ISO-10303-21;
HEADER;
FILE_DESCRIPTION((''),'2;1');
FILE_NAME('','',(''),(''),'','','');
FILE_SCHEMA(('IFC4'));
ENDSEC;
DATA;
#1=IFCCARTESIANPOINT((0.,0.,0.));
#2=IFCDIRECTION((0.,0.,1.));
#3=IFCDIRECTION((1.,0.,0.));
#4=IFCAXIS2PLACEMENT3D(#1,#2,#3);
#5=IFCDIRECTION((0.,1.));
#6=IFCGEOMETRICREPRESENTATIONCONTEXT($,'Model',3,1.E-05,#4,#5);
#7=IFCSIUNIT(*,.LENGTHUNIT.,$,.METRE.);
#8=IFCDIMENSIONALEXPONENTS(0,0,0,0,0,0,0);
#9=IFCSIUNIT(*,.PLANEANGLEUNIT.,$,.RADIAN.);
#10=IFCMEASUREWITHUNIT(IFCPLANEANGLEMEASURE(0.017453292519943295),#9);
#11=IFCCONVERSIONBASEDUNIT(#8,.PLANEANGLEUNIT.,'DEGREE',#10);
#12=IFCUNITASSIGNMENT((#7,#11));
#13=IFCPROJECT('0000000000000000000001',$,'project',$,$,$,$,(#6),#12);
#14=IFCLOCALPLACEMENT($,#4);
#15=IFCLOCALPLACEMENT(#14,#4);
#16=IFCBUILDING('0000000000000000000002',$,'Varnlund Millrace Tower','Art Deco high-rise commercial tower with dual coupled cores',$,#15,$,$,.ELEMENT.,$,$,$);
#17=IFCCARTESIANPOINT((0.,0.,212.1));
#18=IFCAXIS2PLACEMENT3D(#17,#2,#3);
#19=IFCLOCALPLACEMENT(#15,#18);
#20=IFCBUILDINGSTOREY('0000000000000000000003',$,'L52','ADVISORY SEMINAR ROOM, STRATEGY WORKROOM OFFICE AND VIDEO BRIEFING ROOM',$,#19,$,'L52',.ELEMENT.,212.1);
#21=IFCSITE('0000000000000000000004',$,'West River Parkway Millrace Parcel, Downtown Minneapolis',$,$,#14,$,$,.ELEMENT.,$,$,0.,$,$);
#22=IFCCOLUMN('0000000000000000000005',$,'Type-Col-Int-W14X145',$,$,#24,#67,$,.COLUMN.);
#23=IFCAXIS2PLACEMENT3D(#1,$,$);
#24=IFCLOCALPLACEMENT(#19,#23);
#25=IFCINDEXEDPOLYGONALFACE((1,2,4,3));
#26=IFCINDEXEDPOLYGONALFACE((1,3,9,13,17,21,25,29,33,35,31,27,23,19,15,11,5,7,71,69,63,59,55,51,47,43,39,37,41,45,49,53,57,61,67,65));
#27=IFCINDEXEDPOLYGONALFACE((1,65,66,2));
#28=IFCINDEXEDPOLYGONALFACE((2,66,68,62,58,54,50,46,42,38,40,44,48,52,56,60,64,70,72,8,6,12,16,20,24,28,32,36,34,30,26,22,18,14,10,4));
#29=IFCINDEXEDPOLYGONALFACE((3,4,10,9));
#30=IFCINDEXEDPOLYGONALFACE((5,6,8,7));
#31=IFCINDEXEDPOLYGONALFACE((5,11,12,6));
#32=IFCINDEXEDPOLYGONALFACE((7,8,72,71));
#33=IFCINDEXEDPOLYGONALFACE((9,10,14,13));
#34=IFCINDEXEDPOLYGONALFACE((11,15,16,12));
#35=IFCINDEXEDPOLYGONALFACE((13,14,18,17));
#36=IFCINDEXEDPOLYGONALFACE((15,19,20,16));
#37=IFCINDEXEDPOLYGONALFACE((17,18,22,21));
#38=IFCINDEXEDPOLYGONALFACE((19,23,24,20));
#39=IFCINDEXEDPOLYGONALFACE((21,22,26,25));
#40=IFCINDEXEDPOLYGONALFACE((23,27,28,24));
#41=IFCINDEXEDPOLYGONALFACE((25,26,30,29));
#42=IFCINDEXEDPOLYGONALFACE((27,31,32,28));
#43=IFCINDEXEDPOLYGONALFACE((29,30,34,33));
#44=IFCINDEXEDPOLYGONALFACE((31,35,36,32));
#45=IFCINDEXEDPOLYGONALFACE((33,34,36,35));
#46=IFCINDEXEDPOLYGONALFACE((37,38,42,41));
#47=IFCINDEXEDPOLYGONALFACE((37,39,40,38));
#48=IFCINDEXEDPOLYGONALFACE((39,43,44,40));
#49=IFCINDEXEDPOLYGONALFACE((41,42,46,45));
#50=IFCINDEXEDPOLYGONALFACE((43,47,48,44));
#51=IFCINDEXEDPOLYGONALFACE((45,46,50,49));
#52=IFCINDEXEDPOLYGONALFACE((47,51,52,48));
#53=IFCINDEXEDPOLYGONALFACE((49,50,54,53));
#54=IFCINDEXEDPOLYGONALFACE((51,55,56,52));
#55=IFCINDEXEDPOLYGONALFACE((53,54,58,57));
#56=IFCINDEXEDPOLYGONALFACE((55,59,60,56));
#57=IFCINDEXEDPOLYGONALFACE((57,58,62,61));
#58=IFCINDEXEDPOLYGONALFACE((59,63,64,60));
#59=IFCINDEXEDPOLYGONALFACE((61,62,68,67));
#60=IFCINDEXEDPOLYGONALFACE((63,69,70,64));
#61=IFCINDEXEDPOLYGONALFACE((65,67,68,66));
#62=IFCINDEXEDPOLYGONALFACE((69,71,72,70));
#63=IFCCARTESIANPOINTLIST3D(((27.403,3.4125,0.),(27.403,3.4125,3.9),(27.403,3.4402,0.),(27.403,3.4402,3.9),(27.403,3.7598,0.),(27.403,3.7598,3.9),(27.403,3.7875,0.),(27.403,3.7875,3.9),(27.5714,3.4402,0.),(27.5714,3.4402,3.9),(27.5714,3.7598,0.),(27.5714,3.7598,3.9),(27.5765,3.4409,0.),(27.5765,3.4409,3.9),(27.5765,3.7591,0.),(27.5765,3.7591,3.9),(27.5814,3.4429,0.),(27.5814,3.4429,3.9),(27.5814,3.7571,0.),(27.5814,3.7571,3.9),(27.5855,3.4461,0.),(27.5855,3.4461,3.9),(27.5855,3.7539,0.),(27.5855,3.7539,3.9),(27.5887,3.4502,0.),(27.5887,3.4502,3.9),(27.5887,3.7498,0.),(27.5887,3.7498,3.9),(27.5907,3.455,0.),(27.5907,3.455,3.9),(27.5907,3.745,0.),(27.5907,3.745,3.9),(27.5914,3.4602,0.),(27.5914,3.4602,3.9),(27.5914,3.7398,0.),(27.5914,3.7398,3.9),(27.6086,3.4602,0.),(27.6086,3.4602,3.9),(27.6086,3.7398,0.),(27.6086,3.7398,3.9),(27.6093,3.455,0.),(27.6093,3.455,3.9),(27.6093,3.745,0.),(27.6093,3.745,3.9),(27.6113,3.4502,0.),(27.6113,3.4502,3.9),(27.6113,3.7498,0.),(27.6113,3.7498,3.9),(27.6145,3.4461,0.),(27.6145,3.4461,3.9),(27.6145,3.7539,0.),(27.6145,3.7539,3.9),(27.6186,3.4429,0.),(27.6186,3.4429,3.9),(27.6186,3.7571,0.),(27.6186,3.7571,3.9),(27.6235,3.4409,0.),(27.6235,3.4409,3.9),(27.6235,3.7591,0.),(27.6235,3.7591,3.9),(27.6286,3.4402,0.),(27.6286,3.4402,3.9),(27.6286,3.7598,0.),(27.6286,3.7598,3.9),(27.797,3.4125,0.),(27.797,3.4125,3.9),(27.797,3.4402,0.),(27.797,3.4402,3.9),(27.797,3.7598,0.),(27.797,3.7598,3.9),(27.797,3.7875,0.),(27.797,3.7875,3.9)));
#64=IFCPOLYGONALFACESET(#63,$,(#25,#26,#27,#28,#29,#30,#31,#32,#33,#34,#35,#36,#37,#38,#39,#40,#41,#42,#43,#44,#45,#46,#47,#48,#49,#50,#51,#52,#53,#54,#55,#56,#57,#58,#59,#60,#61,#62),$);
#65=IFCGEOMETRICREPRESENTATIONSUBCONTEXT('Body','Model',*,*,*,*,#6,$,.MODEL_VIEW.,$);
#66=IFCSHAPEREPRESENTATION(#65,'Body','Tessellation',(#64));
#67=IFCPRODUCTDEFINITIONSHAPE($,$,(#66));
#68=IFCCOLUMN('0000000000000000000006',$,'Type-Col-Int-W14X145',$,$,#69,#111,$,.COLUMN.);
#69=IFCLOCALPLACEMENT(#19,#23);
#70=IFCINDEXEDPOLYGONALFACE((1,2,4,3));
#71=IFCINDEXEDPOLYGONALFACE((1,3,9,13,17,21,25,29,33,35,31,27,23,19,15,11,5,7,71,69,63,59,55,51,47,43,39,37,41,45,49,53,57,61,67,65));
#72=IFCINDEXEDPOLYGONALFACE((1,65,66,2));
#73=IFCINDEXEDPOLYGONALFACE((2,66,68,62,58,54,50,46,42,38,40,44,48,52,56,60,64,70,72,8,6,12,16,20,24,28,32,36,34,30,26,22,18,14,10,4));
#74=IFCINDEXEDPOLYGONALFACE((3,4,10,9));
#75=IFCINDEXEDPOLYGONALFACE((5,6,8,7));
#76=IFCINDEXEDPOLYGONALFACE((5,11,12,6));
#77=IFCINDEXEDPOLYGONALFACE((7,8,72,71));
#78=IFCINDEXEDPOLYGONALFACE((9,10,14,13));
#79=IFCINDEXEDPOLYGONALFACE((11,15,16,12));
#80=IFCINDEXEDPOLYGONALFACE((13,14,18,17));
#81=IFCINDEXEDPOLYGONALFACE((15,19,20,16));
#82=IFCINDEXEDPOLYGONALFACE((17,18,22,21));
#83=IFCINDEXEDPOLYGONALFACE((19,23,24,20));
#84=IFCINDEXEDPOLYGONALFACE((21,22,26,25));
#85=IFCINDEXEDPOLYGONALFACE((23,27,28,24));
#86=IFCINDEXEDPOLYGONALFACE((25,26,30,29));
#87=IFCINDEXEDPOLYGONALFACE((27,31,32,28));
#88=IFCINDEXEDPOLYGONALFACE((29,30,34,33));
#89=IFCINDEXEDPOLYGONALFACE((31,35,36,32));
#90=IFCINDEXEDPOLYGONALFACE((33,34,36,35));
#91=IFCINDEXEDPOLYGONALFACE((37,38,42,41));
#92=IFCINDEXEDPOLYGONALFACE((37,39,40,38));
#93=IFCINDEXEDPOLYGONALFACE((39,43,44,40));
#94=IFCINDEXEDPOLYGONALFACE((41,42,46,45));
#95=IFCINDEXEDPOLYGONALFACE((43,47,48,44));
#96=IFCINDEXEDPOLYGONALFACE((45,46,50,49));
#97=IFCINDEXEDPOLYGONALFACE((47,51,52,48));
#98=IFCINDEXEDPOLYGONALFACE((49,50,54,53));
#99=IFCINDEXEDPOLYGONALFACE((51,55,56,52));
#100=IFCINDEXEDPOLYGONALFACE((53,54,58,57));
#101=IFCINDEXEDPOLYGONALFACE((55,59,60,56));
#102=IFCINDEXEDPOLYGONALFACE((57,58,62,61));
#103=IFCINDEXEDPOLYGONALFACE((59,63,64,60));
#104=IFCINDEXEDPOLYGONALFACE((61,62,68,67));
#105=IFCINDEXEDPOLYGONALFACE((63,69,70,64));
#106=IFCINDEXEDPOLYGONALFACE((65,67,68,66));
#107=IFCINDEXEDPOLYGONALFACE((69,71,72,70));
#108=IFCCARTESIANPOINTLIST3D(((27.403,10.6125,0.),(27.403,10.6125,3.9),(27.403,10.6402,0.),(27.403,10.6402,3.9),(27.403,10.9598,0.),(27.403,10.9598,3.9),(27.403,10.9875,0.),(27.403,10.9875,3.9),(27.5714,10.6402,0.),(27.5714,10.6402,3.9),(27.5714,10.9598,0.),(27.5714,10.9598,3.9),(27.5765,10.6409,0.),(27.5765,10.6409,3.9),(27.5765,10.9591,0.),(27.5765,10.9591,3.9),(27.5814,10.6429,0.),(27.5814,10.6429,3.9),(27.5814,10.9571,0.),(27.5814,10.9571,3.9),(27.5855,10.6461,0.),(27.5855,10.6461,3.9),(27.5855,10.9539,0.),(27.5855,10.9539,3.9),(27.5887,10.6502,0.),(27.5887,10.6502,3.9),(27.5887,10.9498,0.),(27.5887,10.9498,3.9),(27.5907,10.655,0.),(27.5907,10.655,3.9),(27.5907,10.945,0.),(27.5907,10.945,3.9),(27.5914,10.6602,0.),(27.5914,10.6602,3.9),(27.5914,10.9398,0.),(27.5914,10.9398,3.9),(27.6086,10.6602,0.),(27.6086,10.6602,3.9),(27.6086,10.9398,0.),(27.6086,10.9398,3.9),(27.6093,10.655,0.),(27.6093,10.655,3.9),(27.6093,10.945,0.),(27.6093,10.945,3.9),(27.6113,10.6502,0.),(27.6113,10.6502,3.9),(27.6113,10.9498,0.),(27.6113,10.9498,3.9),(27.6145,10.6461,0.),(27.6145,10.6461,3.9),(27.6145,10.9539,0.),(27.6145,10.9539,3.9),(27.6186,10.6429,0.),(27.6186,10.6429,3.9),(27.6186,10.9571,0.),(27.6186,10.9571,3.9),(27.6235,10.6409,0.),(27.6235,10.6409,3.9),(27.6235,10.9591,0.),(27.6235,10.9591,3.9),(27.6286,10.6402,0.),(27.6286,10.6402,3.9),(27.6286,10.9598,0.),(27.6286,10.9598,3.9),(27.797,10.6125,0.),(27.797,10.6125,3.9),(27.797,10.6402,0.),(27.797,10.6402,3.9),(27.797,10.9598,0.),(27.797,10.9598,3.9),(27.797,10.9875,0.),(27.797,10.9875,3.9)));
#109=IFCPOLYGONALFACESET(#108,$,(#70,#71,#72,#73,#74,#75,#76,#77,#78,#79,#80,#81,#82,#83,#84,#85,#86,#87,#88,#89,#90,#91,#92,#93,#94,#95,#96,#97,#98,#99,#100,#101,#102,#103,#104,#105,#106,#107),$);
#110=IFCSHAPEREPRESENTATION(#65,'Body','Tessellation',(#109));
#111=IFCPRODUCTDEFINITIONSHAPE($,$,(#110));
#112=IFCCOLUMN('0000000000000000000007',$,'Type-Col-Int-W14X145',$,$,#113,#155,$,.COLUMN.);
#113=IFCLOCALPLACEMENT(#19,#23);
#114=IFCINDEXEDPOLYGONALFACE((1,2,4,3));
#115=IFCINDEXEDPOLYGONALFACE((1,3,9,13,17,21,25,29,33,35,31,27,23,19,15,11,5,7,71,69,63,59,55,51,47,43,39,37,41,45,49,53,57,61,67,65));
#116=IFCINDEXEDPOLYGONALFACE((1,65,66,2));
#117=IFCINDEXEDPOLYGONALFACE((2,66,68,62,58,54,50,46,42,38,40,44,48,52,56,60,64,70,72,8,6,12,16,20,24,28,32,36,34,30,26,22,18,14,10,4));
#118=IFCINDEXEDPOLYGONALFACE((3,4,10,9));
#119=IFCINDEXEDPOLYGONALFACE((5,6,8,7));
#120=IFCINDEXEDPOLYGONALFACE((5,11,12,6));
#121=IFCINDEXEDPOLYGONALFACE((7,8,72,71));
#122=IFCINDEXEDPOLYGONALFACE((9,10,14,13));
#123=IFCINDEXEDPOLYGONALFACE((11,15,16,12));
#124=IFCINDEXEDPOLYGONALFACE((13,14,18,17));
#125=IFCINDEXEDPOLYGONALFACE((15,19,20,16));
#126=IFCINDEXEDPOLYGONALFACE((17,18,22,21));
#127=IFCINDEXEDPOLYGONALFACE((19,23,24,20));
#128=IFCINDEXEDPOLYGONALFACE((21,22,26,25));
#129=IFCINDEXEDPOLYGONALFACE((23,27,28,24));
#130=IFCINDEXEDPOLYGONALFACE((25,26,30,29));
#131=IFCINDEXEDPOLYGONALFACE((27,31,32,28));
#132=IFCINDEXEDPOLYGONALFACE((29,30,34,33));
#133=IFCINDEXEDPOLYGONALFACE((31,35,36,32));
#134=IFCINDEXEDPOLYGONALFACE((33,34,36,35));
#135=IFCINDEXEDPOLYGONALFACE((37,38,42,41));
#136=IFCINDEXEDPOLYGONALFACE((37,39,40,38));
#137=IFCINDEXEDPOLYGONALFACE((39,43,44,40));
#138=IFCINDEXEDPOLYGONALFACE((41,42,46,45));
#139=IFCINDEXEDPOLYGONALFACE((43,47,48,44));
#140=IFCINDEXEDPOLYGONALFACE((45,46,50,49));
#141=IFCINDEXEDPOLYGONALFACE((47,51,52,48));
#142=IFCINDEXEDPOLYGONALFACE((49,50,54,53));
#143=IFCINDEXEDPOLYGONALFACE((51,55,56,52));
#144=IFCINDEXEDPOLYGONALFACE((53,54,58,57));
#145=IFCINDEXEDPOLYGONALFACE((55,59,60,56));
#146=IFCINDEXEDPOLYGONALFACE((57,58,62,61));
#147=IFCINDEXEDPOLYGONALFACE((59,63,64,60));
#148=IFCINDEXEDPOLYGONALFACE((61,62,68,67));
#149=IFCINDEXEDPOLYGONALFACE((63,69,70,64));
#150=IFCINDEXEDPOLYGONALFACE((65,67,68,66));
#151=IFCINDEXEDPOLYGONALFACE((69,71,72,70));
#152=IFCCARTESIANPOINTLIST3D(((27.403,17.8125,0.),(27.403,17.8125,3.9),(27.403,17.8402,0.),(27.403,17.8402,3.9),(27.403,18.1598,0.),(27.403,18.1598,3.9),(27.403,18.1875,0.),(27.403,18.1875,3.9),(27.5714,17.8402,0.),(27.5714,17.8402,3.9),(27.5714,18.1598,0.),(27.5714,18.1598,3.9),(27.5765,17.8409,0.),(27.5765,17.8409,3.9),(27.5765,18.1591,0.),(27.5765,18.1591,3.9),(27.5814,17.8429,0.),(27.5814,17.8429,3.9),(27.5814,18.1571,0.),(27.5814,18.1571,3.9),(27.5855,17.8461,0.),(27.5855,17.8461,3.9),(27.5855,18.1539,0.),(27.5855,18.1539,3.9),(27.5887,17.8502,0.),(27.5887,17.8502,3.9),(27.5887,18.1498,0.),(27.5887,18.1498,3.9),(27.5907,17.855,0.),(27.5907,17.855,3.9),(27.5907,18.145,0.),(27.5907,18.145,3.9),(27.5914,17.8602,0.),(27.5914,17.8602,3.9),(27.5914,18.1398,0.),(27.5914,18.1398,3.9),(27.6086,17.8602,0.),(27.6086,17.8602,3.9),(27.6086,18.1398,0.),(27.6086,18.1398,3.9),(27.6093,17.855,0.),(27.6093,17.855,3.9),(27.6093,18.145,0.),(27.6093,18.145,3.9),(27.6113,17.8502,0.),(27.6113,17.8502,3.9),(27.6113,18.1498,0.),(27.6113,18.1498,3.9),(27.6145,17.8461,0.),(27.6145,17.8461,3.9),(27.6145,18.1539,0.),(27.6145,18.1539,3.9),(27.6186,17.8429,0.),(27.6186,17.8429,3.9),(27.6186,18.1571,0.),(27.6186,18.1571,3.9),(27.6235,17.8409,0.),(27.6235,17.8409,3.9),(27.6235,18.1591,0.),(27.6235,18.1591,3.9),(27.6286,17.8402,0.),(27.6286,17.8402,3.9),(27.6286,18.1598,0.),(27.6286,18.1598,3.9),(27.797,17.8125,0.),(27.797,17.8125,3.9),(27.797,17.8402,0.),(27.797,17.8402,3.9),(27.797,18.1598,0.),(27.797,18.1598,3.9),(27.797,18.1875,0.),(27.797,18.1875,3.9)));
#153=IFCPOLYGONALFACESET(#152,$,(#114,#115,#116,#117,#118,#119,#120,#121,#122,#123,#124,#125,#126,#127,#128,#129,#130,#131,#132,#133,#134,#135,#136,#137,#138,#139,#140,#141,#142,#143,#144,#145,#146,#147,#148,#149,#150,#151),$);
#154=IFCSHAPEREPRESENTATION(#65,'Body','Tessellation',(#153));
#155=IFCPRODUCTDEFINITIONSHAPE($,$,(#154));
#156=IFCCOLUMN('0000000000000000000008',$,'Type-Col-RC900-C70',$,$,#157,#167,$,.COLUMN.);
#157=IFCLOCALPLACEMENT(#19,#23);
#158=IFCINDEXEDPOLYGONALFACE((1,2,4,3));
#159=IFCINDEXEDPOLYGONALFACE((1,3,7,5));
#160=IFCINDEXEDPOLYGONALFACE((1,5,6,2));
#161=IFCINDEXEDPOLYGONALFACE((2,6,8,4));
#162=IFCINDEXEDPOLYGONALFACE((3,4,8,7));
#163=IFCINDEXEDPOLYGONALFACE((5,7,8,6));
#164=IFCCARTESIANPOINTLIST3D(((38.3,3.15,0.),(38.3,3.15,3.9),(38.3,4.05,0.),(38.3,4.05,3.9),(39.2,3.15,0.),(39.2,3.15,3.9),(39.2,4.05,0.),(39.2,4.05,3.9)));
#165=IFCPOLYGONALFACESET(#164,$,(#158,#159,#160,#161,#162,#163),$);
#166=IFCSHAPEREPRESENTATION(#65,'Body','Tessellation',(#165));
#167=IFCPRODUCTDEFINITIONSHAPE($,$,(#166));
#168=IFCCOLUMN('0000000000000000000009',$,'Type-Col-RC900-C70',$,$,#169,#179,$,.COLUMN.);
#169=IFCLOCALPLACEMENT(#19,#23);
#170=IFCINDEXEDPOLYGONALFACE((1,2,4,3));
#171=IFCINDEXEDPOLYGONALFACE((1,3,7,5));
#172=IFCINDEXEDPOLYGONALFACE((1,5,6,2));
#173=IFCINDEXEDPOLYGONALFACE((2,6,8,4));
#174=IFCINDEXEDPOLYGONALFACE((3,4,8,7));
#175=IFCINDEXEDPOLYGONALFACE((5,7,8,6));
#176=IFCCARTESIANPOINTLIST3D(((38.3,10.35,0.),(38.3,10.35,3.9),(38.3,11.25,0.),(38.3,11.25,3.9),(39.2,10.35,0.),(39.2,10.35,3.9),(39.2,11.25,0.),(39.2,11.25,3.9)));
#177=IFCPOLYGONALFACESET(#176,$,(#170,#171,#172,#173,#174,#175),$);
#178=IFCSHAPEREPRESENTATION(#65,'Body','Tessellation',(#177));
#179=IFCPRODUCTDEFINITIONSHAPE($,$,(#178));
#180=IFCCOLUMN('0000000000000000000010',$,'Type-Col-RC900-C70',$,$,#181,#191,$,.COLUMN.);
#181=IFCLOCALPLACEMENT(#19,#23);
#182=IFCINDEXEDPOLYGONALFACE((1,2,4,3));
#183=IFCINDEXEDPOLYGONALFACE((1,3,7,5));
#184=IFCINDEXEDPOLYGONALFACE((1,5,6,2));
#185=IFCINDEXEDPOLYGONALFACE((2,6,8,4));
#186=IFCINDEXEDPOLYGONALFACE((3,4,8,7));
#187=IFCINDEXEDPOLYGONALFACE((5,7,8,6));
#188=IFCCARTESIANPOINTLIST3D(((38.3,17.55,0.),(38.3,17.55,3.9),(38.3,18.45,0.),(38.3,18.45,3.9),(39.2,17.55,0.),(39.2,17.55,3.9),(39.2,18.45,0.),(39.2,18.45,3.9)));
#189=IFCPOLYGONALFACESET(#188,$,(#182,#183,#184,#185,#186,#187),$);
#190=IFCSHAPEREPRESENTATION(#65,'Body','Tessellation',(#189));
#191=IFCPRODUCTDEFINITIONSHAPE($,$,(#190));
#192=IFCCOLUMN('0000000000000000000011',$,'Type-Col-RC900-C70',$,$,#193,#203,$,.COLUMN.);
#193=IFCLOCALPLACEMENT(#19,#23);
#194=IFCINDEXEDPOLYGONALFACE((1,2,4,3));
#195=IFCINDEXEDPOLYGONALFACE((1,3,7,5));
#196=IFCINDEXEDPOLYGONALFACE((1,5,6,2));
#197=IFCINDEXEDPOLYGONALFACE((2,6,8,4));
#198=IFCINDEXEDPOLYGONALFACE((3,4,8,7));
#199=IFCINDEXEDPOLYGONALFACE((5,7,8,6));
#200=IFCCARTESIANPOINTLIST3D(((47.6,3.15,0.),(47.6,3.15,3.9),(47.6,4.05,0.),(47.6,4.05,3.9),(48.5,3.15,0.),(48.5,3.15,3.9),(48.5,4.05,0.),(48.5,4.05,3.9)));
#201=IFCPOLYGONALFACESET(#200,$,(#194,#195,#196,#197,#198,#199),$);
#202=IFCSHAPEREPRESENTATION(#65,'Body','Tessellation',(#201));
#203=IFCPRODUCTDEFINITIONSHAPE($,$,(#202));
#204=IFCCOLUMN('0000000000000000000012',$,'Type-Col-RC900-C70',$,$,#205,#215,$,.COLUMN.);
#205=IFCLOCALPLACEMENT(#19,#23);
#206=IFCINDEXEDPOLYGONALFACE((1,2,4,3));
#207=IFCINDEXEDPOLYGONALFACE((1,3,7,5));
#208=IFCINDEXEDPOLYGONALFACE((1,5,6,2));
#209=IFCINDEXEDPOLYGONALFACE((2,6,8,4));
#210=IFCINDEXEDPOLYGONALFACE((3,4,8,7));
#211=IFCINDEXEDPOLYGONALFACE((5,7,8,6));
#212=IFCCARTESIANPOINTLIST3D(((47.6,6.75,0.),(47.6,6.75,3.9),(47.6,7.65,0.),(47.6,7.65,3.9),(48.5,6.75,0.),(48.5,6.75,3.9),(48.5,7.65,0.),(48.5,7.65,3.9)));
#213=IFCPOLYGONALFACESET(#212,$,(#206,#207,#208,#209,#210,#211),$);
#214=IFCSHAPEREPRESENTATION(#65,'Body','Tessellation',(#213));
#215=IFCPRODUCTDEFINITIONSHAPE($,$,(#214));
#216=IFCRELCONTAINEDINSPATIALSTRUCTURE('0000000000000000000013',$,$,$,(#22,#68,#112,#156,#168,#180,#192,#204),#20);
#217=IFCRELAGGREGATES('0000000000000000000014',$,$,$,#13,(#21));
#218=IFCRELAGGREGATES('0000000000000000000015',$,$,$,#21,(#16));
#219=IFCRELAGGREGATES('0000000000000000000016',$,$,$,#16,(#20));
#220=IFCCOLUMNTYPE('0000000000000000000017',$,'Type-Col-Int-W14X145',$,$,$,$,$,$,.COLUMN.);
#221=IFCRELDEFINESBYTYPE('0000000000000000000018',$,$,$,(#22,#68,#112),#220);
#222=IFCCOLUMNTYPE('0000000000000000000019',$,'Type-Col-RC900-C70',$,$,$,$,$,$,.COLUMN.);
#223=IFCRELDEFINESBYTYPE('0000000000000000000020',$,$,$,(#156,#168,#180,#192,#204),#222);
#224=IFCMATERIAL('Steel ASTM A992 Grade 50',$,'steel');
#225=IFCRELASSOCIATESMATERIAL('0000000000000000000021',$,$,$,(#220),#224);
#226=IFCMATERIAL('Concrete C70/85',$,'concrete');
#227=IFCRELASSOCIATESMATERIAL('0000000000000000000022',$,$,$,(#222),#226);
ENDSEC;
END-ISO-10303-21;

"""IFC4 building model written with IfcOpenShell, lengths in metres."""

from ifc_helpers import new_model, entity, si_unit, converted_unit, direction, frame, origin_with_axes, origin_2d_with_axis, place, context, subcontext, project, spatial, rectangle, i_section, extrude, material, material_profile, profile_set, type_object, element, save


model = new_model("IFC4")

# Units and contexts
model_context = context("Model", 3, precision=1e-05, world=origin_with_axes(), true_north=direction((0.0, 1.0)))
body_context = subcontext(model_context, "Body", "Model", "MODEL_VIEW")
ifc_project = project(units=[si_unit("LENGTHUNIT", "METRE"), converted_unit("PLANEANGLEUNIT", "DEGREE", entity("IfcPlaneAngleMeasure", 0.017453292519943295), si_unit("PLANEANGLEUNIT", "RADIAN"), dimensions=[0, 0, 0, 0, 0, 0, 0])], contexts=[model_context])

# Site, building, storey
site_placement = place(None, origin_with_axes())
site = spatial("IfcSite", under=ifc_project, at=site_placement, Name="West River Parkway Millrace Parcel, Downtown Minneapolis", CompositionType="ELEMENT", RefElevation=0.0)
building_placement = place(site_placement, origin_with_axes())
building = spatial("IfcBuilding", under=site, at=building_placement, Name="Varnlund Millrace Tower", Description="Art Deco high-rise commercial tower with dual coupled cores", CompositionType="ELEMENT")
storey_placement = place(building_placement, frame((0.0, 0.0, 212.1), z_axis=(0.0, 0.0, 1.0), x_axis=(1.0, 0.0, 0.0)))
storey = spatial("IfcBuildingStorey", under=building, at=storey_placement, Name="L52", Description="ADVISORY SEMINAR ROOM, STRATEGY WORKROOM OFFICE AND VIDEO BRIEFING ROOM", LongName="L52", CompositionType="ELEMENT", Elevation=212.1)

# Columns
ifc_material_1 = material(Name="Steel ASTM A992 Grade 50", Category="steel")
ifc_material_profile_1 = material_profile(ifc_material_1, i_section(OverallWidth=0.394, OverallDepth=0.375, WebThickness=0.0173, FlangeThickness=0.0277, FilletRadius=0.02, at=origin_2d_with_axis()), Name="Steel ASTM A992 Grade 50")
ifc_profile_set_1 = profile_set([ifc_material_profile_1], Name="Steel ASTM A992 Grade 50")
column_type_1 = type_object("IfcColumnType", Name="Type-Col-Int-W14X145", PredefinedType="COLUMN", material=ifc_profile_set_1)
for number, where, z_axis, x_axis, name in (
    (1, (27.6, 3.6, 0.0), (0.0, 0.0, 1.0), (1.0, 0.0, 0.0), "Type-Col-Int-W14X145"),
    (2, (27.6, 10.8, 0.0), (0.0, 0.0, 1.0), (1.0, 0.0, 0.0), "Type-Col-Int-W14X145"),
    (3, (27.6, 18.0, 0.0), (0.0, 0.0, 1.0), (1.0, 0.0, 0.0), "Type-Col-Int-W14X145"),
):
    element("IfcColumn", number, at=place(storey_placement, frame(where, z_axis=z_axis, x_axis=x_axis)), inside=storey, type_object=column_type_1, Name=name, PredefinedType="COLUMN", context=body_context, shape_type="SweptSolid", body=[
        extrude(i_section(OverallWidth=0.394, OverallDepth=0.375, WebThickness=0.0173, FlangeThickness=0.0277, FilletRadius=0.02, at=origin_2d_with_axis()), origin_with_axes(), (0.0, 0.0, 1.0), 3.9),
    ])
ifc_material_2 = material(Name="Concrete C70/85", Category="concrete")
ifc_material_profile_2 = material_profile(ifc_material_2, rectangle(XDim=0.9, YDim=0.9, at=origin_2d_with_axis()), Name="Concrete C70/85")
ifc_profile_set_2 = profile_set([ifc_material_profile_2], Name="Concrete C70/85")
column_type_2 = type_object("IfcColumnType", Name="Type-Col-RC900-C70", PredefinedType="COLUMN", material=ifc_profile_set_2)
for number, where, z_axis, x_axis, name in (
    (4, (38.75, 3.6, 0.0), (0.0, 0.0, 1.0), (1.0, 0.0, 0.0), "Type-Col-RC900-C70"),
    (5, (38.75, 10.8, 0.0), (0.0, 0.0, 1.0), (1.0, 0.0, 0.0), "Type-Col-RC900-C70"),
    (6, (38.75, 18.0, 0.0), (0.0, 0.0, 1.0), (1.0, 0.0, 0.0), "Type-Col-RC900-C70"),
    (7, (48.05, 3.6, 0.0), (0.0, 0.0, 1.0), (1.0, 0.0, 0.0), "Type-Col-RC900-C70"),
    (8, (48.05, 7.2, 0.0), (0.0, 0.0, 1.0), (1.0, 0.0, 0.0), "Type-Col-RC900-C70"),
):
    element("IfcColumn", number, at=place(storey_placement, frame(where, z_axis=z_axis, x_axis=x_axis)), inside=storey, type_object=column_type_2, Name=name, PredefinedType="COLUMN", context=body_context, shape_type="SweptSolid", body=[
        extrude(rectangle(XDim=0.9, YDim=0.9, at=origin_2d_with_axis()), origin_with_axes(), (0.0, 0.0, 1.0), 3.9),
    ])

save(model, "model.ifc")
